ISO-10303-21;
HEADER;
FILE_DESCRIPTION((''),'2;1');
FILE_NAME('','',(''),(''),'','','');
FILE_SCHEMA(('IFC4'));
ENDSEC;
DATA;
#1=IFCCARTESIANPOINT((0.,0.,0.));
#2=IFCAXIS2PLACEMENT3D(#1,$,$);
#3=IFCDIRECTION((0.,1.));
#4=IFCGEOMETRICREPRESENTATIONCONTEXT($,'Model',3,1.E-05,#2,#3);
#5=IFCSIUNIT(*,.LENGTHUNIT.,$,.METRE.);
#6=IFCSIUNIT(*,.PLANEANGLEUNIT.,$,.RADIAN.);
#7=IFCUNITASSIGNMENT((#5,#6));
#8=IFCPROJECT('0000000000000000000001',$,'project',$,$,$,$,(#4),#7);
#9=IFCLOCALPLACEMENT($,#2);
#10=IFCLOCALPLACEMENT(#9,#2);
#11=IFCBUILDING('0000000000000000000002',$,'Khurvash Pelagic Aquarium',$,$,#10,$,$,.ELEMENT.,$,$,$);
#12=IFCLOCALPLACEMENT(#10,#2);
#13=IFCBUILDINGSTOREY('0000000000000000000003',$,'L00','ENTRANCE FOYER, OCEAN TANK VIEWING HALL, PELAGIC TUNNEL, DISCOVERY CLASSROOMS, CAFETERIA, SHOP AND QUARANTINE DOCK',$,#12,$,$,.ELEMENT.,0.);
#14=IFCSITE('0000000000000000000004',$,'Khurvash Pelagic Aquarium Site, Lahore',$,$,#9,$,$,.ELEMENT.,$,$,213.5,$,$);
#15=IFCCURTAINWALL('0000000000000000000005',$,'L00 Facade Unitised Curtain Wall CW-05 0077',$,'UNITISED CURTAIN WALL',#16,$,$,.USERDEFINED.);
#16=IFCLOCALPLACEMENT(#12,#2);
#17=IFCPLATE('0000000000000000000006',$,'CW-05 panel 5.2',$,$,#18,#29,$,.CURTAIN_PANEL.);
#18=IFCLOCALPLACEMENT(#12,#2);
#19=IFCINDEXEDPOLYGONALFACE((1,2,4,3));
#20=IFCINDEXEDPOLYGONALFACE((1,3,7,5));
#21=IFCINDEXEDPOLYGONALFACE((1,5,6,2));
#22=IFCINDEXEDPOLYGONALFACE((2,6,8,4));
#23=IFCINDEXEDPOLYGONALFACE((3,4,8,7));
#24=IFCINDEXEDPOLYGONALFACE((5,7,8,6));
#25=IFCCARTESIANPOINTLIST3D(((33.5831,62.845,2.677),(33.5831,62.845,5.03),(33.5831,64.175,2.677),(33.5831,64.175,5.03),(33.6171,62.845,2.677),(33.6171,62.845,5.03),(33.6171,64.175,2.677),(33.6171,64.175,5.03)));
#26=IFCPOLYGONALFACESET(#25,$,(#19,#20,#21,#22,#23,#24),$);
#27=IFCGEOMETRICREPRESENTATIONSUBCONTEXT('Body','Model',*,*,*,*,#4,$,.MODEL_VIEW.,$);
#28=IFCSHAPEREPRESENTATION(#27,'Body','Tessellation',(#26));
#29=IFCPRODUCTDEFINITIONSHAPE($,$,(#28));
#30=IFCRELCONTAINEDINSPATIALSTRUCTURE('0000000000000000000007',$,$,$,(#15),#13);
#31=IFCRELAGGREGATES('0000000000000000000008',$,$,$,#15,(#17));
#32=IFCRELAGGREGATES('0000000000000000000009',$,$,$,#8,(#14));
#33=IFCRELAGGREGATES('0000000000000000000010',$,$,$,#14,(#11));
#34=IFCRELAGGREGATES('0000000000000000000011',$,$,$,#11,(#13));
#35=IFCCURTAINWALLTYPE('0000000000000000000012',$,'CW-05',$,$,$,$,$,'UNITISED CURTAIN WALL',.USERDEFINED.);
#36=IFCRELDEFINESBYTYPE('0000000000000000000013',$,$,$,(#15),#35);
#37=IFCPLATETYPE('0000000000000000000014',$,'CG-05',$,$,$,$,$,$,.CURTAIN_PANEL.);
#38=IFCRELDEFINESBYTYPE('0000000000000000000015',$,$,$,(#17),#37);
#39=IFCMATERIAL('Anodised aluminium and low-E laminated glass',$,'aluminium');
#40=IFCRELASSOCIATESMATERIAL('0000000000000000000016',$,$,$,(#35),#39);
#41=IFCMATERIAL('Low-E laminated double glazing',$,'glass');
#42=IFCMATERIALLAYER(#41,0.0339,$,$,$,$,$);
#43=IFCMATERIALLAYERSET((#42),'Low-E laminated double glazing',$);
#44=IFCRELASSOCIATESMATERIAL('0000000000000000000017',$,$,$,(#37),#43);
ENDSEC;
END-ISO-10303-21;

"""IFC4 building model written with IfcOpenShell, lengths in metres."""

from ifc_helpers import new_model, si_unit, direction, frame, origin, origin_2d, place, context, subcontext, project, spatial, rectangle, extrude, material, layer, layer_set, type_object, element, aggregate, save


model = new_model("IFC4")

# Units and contexts
model_context = context("Model", 3, precision=1e-05, world=origin(), true_north=direction((0.0, 1.0)))
body_context = subcontext(model_context, "Body", "Model", "MODEL_VIEW")
ifc_project = project(units=[si_unit("LENGTHUNIT", "METRE"), si_unit("PLANEANGLEUNIT", "RADIAN")], contexts=[model_context])

# Site, building, storey
site_placement = place(None, origin())
site = spatial("IfcSite", under=ifc_project, at=site_placement, Name="Khurvash Pelagic Aquarium Site, Lahore", CompositionType="ELEMENT", RefElevation=213.5)
building_placement = place(site_placement, origin())
building = spatial("IfcBuilding", under=site, at=building_placement, Name="Khurvash Pelagic Aquarium", CompositionType="ELEMENT")
storey_placement = place(building_placement, origin())
storey = spatial("IfcBuildingStorey", under=building, at=storey_placement, Name="L00", Description="ENTRANCE FOYER, OCEAN TANK VIEWING HALL, PELAGIC TUNNEL, DISCOVERY CLASSROOMS, CAFETERIA, SHOP AND QUARANTINE DOCK", CompositionType="ELEMENT", Elevation=0.0)

# Shared definitions
ifc_material_1 = material(Name="Anodised aluminium and low-E laminated glass", Category="aluminium")
curtain_wall_type = type_object("IfcCurtainWallType", Name="CW-05", ElementType="UNITISED CURTAIN WALL", PredefinedType="USERDEFINED", material=ifc_material_1)

# Curtain wall
curtain_wall_1_placement = place(storey_placement, origin())
curtain_wall_1 = element("IfcCurtainWall", 1, at=curtain_wall_1_placement, inside=storey, type_object=curtain_wall_type, Name="L00 Facade Unitised Curtain Wall CW-05 0077", ObjectType="UNITISED CURTAIN WALL", PredefinedType="USERDEFINED")

# Plate
ifc_material_2 = material(Name="Low-E laminated double glazing", Category="glass")
ifc_layer = layer(ifc_material_2, 0.0339)
ifc_layer_set = layer_set([ifc_layer], Name="Low-E laminated double glazing")
plate_type = type_object("IfcPlateType", Name="CG-05", PredefinedType="CURTAIN_PANEL", material=ifc_layer_set)
plate_1_placement = place(storey_placement, frame((33.6001, 63.51, 2.677), z_axis=(0.0, 0.0, 1.0), x_axis=(0.0, 1.0, 0.0)))
plate_1 = element("IfcPlate", 2, at=plate_1_placement, type_object=plate_type, Name="CW-05 panel 5.2", PredefinedType="CURTAIN_PANEL", context=body_context, shape_type="SweptSolid", body=[
    extrude(rectangle(XDim=1.3301, YDim=0.0339, at=origin_2d()), origin(), (0.0, 0.0, 1.0), 2.353),
])
aggregate(curtain_wall_1, [plate_1])

save(model, "model.ifc")
